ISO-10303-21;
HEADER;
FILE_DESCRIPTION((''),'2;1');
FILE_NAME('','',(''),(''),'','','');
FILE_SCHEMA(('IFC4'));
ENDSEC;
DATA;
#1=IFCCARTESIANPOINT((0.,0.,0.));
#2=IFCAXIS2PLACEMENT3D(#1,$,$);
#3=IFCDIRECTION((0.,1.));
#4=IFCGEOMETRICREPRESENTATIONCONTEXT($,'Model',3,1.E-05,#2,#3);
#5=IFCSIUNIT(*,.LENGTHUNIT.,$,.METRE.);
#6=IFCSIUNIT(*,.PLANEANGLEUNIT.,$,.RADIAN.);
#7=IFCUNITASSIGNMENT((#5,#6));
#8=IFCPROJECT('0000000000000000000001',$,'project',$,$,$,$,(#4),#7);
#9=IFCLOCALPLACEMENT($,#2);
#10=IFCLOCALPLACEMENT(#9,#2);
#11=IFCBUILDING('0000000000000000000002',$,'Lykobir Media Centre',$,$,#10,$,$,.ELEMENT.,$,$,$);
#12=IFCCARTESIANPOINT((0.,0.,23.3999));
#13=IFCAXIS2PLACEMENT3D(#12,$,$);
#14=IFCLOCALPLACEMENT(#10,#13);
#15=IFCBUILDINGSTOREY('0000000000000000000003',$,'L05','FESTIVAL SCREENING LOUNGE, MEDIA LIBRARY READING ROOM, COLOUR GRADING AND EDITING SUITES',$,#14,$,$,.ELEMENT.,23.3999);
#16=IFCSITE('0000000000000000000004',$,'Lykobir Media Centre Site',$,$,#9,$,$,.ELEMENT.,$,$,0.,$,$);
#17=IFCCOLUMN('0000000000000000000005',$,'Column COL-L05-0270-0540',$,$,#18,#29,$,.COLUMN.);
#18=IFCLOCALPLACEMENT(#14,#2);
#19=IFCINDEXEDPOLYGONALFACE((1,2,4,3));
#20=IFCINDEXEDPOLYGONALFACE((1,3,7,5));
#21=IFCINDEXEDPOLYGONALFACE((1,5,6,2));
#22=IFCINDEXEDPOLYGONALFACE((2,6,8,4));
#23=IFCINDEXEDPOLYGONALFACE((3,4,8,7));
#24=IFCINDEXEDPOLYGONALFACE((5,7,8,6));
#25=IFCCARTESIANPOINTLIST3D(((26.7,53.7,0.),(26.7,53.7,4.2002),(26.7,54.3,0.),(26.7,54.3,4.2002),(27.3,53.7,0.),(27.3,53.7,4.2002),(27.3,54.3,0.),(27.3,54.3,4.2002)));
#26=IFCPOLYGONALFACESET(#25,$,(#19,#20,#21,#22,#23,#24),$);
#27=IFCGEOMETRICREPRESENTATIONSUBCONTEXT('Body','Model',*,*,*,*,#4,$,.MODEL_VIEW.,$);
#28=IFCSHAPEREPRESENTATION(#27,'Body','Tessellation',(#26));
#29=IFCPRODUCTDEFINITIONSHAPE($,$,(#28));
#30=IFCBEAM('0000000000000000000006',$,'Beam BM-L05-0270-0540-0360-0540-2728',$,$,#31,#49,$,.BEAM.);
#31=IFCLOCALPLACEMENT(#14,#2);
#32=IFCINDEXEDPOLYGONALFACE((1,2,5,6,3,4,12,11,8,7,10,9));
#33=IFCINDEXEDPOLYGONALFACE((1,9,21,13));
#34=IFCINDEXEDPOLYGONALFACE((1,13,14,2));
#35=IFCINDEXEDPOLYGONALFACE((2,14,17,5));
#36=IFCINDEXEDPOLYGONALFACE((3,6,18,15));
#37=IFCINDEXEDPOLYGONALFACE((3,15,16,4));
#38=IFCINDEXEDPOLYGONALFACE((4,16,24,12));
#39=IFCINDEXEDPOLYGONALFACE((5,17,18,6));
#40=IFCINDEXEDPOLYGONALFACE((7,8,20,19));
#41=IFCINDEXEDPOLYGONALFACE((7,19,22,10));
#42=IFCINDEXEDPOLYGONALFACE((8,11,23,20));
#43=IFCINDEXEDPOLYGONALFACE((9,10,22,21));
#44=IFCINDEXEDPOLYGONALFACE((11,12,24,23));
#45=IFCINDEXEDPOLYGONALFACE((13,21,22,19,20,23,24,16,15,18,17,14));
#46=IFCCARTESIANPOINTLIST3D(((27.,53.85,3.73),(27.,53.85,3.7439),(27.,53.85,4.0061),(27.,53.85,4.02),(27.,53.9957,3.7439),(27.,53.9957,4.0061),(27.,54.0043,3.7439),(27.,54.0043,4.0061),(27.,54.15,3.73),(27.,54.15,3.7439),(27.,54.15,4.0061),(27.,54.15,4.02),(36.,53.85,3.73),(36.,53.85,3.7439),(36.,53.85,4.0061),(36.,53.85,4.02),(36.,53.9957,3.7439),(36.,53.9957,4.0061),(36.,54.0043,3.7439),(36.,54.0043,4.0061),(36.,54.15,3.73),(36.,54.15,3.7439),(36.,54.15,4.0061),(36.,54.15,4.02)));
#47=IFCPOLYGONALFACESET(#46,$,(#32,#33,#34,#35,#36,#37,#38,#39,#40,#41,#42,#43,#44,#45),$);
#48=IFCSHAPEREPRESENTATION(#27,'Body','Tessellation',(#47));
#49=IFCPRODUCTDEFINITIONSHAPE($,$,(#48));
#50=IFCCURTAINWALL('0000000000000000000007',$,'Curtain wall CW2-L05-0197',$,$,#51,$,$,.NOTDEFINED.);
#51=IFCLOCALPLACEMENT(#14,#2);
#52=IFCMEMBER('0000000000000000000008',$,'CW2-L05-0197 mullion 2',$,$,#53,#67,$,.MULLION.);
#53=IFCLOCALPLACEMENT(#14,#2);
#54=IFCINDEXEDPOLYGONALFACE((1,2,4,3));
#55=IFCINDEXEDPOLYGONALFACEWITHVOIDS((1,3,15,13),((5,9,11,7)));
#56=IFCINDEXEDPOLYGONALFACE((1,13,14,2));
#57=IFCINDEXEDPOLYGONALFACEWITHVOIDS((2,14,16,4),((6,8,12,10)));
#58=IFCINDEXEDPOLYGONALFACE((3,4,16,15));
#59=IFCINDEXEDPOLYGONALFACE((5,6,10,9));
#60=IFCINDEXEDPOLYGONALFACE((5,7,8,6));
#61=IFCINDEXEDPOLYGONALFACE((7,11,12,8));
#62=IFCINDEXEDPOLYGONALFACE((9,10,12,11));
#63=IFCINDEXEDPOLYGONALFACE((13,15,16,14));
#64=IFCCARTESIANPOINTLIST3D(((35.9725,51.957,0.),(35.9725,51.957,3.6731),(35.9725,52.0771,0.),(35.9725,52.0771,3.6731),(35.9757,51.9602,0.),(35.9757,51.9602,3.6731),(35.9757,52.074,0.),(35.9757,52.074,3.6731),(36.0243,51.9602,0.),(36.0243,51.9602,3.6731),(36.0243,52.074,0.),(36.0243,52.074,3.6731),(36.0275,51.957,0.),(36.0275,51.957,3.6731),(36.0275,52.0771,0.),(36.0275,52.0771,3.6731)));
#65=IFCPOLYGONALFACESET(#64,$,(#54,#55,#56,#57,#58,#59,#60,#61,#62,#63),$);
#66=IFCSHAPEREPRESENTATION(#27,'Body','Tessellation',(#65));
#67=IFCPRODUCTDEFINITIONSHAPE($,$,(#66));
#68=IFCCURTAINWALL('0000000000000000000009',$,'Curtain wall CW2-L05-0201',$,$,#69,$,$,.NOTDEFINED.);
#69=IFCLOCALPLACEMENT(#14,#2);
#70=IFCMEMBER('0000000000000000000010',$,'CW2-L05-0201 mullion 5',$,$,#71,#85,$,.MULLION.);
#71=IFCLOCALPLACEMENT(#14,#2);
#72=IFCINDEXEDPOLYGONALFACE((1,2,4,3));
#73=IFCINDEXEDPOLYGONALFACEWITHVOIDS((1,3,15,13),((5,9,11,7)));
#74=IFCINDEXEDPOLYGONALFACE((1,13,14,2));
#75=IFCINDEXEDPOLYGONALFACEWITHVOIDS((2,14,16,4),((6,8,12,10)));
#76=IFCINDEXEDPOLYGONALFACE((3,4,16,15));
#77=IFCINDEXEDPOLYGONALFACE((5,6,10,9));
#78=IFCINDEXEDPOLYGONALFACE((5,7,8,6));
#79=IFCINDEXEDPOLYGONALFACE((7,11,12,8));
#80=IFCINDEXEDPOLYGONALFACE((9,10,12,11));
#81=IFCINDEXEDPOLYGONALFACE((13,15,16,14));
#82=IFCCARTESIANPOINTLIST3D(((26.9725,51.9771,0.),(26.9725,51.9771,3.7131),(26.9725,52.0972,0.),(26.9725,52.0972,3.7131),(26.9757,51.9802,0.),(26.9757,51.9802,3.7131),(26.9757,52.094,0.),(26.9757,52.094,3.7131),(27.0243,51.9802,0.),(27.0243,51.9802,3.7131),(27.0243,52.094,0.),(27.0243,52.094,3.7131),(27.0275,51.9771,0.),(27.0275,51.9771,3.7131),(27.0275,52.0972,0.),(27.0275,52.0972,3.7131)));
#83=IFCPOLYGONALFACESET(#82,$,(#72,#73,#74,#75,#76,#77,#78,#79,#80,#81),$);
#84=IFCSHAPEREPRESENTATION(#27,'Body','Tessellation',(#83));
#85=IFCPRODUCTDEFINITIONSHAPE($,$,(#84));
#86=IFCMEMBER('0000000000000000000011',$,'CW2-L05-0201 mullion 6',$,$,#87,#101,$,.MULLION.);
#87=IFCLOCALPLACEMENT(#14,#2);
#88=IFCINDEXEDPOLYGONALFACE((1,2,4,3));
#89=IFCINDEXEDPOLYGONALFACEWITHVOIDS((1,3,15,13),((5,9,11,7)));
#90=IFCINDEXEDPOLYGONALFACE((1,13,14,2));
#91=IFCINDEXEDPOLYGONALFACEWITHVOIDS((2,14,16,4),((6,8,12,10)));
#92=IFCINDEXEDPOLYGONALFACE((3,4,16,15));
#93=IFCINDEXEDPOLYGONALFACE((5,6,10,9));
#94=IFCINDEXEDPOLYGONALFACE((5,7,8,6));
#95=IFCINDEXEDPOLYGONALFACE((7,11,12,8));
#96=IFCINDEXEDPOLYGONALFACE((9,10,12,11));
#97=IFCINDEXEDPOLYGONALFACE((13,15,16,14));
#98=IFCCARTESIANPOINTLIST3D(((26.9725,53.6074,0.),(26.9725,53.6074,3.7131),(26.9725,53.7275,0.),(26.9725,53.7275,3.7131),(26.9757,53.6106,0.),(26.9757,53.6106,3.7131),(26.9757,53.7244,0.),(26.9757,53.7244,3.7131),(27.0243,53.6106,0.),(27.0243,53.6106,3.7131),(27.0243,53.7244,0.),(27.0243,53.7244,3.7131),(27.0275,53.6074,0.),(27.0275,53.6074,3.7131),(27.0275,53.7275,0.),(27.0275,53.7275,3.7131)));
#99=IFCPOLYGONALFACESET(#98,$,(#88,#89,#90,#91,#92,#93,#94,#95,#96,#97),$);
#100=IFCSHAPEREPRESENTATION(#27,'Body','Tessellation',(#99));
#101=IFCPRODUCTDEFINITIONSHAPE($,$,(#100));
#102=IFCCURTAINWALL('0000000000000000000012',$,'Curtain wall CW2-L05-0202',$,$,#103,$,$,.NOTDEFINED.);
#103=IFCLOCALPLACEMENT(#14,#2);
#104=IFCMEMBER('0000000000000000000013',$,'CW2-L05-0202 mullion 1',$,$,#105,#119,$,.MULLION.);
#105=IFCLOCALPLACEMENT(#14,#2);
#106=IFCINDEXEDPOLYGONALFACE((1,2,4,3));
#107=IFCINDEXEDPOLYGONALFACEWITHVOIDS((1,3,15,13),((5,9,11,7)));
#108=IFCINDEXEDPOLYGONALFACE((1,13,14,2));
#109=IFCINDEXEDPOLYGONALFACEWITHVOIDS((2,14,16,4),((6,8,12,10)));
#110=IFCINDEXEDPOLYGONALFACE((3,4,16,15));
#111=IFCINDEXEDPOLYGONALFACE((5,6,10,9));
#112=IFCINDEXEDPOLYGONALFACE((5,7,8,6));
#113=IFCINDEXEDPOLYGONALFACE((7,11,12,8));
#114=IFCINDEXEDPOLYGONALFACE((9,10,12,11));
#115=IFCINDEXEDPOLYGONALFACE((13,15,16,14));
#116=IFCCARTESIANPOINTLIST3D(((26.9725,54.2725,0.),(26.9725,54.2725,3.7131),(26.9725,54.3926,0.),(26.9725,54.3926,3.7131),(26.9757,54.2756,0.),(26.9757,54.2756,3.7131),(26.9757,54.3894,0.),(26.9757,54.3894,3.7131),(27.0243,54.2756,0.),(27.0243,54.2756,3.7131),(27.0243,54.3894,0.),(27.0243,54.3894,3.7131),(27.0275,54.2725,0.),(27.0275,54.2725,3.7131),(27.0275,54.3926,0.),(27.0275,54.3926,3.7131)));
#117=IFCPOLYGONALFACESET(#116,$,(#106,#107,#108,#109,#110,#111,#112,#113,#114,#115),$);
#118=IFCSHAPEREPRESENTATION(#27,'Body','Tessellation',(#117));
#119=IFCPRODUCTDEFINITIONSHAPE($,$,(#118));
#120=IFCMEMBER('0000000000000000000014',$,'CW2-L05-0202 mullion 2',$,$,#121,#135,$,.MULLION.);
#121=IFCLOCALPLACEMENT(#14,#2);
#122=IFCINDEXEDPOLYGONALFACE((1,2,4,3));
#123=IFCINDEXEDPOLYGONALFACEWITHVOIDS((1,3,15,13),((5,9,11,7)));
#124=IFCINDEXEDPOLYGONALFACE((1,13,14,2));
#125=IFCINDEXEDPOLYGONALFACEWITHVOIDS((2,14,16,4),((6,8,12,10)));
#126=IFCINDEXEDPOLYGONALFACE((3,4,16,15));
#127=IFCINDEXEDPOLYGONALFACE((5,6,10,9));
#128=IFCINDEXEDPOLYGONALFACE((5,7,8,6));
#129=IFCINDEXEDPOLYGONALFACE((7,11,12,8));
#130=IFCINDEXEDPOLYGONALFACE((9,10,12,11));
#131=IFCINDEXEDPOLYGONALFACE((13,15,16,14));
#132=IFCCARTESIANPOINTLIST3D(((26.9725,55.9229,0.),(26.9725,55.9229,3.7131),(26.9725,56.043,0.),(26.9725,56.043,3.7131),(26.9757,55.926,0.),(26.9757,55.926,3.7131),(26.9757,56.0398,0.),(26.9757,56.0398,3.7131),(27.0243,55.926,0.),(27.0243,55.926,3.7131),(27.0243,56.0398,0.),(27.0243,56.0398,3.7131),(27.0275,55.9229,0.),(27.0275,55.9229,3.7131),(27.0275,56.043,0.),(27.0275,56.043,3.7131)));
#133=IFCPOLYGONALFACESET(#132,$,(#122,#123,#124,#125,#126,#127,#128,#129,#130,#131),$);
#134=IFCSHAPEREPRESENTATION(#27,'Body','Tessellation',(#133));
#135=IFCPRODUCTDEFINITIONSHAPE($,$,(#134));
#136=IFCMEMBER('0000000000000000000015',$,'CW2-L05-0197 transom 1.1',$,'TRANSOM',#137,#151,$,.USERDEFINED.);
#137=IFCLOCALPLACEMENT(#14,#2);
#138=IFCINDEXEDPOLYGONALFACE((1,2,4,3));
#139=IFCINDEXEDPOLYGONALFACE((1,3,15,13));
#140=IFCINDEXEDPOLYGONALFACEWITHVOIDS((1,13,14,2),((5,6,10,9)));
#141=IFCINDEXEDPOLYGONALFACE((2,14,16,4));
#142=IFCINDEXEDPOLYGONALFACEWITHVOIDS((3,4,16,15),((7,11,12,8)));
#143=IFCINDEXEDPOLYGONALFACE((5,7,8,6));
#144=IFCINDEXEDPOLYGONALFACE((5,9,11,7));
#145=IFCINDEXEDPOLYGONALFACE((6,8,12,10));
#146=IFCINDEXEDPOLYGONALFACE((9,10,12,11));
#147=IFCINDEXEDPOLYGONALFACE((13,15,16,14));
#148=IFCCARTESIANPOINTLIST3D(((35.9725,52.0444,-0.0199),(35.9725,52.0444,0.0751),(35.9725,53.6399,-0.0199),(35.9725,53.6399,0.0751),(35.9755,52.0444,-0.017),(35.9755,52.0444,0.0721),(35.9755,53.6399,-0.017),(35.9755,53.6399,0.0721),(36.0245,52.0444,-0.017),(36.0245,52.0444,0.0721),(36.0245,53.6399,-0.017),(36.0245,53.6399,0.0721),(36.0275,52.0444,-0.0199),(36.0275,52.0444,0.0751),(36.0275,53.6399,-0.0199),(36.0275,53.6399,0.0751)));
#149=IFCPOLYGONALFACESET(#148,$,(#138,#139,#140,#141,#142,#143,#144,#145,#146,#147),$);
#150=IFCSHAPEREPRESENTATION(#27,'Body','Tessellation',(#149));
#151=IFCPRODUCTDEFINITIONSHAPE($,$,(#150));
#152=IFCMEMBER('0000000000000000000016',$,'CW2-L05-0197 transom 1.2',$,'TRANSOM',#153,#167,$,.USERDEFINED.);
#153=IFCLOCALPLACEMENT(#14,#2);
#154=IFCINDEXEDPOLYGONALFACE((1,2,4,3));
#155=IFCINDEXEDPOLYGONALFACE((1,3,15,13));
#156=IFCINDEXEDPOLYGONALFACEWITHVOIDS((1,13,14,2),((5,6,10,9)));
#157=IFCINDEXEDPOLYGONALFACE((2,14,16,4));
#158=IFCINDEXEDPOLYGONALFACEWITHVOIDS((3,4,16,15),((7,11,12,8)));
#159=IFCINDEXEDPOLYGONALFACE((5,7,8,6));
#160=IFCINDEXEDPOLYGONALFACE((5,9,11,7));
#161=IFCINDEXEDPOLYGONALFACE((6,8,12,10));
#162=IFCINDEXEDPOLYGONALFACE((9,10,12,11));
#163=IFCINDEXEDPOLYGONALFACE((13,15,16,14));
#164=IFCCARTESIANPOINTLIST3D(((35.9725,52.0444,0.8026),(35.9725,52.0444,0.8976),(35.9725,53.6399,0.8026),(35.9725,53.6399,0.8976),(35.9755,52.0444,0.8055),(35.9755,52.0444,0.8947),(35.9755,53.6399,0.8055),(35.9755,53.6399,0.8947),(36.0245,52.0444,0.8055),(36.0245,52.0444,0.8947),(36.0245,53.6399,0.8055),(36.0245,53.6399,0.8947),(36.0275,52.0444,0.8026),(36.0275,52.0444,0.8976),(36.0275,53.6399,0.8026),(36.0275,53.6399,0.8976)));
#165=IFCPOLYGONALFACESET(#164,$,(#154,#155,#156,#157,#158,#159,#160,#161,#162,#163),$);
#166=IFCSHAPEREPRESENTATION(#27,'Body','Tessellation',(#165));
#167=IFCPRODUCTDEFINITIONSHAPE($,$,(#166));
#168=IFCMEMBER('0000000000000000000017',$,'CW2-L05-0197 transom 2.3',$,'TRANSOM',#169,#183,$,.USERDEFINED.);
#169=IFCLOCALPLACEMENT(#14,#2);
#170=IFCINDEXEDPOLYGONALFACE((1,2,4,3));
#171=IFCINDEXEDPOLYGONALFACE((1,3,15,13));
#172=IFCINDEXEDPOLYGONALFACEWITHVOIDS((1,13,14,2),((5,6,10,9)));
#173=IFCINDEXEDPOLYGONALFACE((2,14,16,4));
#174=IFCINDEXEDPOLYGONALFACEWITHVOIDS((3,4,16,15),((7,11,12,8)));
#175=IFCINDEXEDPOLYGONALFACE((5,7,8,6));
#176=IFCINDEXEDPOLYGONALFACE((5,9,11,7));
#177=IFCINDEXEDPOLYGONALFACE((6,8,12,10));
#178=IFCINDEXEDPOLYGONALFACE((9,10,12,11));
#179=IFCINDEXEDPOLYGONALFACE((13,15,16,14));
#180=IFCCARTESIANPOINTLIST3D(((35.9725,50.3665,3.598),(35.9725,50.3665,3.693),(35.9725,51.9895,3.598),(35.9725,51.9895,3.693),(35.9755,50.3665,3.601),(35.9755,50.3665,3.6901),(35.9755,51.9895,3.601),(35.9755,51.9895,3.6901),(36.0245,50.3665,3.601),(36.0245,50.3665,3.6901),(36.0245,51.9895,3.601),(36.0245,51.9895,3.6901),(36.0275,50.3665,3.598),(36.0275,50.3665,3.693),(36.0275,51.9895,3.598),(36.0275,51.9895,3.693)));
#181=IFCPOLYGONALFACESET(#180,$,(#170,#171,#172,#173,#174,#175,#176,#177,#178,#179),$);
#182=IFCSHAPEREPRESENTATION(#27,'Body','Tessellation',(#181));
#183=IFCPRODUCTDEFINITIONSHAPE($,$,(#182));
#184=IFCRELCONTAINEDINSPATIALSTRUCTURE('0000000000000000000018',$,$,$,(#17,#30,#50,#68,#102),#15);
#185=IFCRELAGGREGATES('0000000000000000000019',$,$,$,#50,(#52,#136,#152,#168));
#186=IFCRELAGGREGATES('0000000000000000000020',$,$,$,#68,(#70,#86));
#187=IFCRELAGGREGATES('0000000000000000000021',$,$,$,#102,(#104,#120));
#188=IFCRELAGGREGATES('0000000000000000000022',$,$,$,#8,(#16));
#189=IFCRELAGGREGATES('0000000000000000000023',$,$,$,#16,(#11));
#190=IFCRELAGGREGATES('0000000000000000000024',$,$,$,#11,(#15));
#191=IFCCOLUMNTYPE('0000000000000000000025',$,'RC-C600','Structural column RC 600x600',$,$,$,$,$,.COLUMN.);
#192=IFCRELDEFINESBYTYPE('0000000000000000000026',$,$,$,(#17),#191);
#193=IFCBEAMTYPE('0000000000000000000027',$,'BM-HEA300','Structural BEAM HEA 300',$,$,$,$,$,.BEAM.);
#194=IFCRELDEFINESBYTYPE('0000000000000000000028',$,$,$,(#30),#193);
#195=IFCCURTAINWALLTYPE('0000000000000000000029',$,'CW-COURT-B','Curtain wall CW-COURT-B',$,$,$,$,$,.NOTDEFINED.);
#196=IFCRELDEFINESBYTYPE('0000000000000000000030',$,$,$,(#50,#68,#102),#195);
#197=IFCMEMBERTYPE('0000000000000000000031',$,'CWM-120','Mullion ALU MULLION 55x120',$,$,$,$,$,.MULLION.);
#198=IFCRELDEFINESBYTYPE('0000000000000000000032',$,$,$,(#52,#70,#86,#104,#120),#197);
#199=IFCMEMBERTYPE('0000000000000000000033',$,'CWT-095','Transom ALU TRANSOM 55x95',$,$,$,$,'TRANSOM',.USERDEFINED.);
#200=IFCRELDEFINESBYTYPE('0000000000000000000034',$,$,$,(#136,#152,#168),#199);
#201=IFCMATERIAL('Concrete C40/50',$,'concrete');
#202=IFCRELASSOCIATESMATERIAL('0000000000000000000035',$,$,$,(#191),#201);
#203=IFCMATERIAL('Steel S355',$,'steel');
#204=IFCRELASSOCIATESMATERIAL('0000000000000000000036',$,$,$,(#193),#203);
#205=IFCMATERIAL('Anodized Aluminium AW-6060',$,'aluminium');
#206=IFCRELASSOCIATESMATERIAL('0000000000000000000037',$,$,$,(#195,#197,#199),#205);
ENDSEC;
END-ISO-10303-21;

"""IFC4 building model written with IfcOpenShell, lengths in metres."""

from ifc_helpers import new_model, si_unit, direction, frame, origin, origin_2d, place, context, subcontext, project, spatial, rectangle, hollow_rectangle, i_section, extrude, material, material_profile, profile_set, type_object, element, aggregate, save


model = new_model("IFC4")

# Units and contexts
model_context = context("Model", 3, precision=1e-05, world=origin(), true_north=direction((0.0, 1.0)))
body_context = subcontext(model_context, "Body", "Model", "MODEL_VIEW")
ifc_project = project(units=[si_unit("LENGTHUNIT", "METRE"), si_unit("PLANEANGLEUNIT", "RADIAN")], contexts=[model_context])

# Site, building, storey
site_placement = place(None, origin())
site = spatial("IfcSite", under=ifc_project, at=site_placement, Name="Lykobir Media Centre Site", CompositionType="ELEMENT", RefElevation=0.0)
building_placement = place(site_placement, origin())
building = spatial("IfcBuilding", under=site, at=building_placement, Name="Lykobir Media Centre", CompositionType="ELEMENT")
storey_placement = place(building_placement, frame((0.0, 0.0, 23.3999)))
storey = spatial("IfcBuildingStorey", under=building, at=storey_placement, Name="L05", Description="FESTIVAL SCREENING LOUNGE, MEDIA LIBRARY READING ROOM, COLOUR GRADING AND EDITING SUITES", CompositionType="ELEMENT", Elevation=23.3999)

# Column
ifc_material_1 = material(Name="Concrete C40/50", Category="concrete")
ifc_material_profile_1 = material_profile(ifc_material_1, rectangle(XDim=0.6001, YDim=0.6001, at=origin_2d()), Name="RC 600x600")
ifc_profile_set_1 = profile_set([ifc_material_profile_1], Name="Concrete C40/50")
column_type = type_object("IfcColumnType", Name="RC-C600", Description="Structural column RC 600x600", PredefinedType="COLUMN", material=ifc_profile_set_1)
column_placement = place(storey_placement, frame((27.0, 54.0, 0.0), z_axis=(0.0, 0.0, 1.0), x_axis=(1.0, 0.0, 0.0)))
element("IfcColumn", 1, at=column_placement, inside=storey, type_object=column_type, Name="Column COL-L05-0270-0540", PredefinedType="COLUMN", context=body_context, shape_type="SweptSolid", body=[
    extrude(rectangle(XDim=0.6001, YDim=0.6001, at=origin_2d()), origin(), (0.0, 0.0, 1.0), 4.2002),
])

# Beam
ifc_material_2 = material(Name="Steel S355", Category="steel")
ifc_material_profile_2 = material_profile(ifc_material_2, i_section(OverallWidth=0.3, OverallDepth=0.29, WebThickness=0.0085, FlangeThickness=0.0139, at=origin_2d()), Name="HEA 300")
ifc_profile_set_2 = profile_set([ifc_material_profile_2], Name="Steel S355")
beam_type_1 = type_object("IfcBeamType", Name="BM-HEA300", Description="Structural BEAM HEA 300", PredefinedType="BEAM", material=ifc_profile_set_2)
beam_1_placement = place(storey_placement, frame((27.0, 54.0, 3.875), z_axis=(1.0, 0.0, 0.0), x_axis=(0.0, 1.0, 0.0)))
element("IfcBeam", 2, at=beam_1_placement, inside=storey, type_object=beam_type_1, Name="Beam BM-L05-0270-0540-0360-0540-2728", PredefinedType="BEAM", context=body_context, shape_type="SweptSolid", body=[
    extrude(i_section(OverallWidth=0.3, OverallDepth=0.29, WebThickness=0.0085, FlangeThickness=0.0139, at=origin_2d()), origin(), (0.0, 0.0, 1.0), 9.0),
])

# Curtain wall, member
ifc_material_3 = material(Name="Anodized Aluminium AW-6060", Category="aluminium")
curtain_wall_type = type_object("IfcCurtainWallType", Name="CW-COURT-B", Description="Curtain wall CW-COURT-B", PredefinedType="NOTDEFINED", material=ifc_material_3)
curtain_wall_1_placement = place(storey_placement, origin())
curtain_wall_1 = element("IfcCurtainWall", 3, at=curtain_wall_1_placement, inside=storey, type_object=curtain_wall_type, Name="Curtain wall CW2-L05-0197", PredefinedType="NOTDEFINED")
ifc_material_profile_3 = material_profile(ifc_material_3, hollow_rectangle(XDim=0.0549, YDim=0.1201, WallThickness=0.0032, at=origin_2d()), Name="ALU MULLION 55x120")
ifc_profile_set_3 = profile_set([ifc_material_profile_3], Name="Anodized Aluminium AW-6060")
member_type_1 = type_object("IfcMemberType", Name="CWM-120", Description="Mullion ALU MULLION 55x120", PredefinedType="MULLION", material=ifc_profile_set_3)
member_1_placement = place(storey_placement, frame((36.0, 52.0171, 0.0), z_axis=(0.0, 0.0, 1.0), x_axis=(1.0, 0.0, 0.0)))
member_1 = element("IfcMember", 4, at=member_1_placement, type_object=member_type_1, Name="CW2-L05-0197 mullion 2", PredefinedType="MULLION", context=body_context, shape_type="SweptSolid", body=[
    extrude(hollow_rectangle(XDim=0.0549, YDim=0.1201, WallThickness=0.0032, at=origin_2d()), origin(), (0.0, 0.0, 1.0), 3.6731),
])

# Curtain walls, members
curtain_wall_2_placement = place(storey_placement, origin())
curtain_wall_2 = element("IfcCurtainWall", 5, at=curtain_wall_2_placement, inside=storey, type_object=curtain_wall_type, Name="Curtain wall CW2-L05-0201", PredefinedType="NOTDEFINED")
member_2_placement = place(storey_placement, frame((27.0, 52.0371, 0.0), z_axis=(0.0, 0.0, 1.0), x_axis=(-1.0, 0.0, 0.0)))
member_2 = element("IfcMember", 6, at=member_2_placement, type_object=member_type_1, Name="CW2-L05-0201 mullion 5", PredefinedType="MULLION", context=body_context, shape_type="SweptSolid", body=[
    extrude(hollow_rectangle(XDim=0.0549, YDim=0.1201, WallThickness=0.0032, at=origin_2d()), origin(), (0.0, 0.0, 1.0), 3.7131),
])
member_3_placement = place(storey_placement, frame((27.0, 53.6675, 0.0), z_axis=(0.0, 0.0, 1.0), x_axis=(-1.0, 0.0, 0.0)))
member_3 = element("IfcMember", 7, at=member_3_placement, type_object=member_type_1, Name="CW2-L05-0201 mullion 6", PredefinedType="MULLION", context=body_context, shape_type="SweptSolid", body=[
    extrude(hollow_rectangle(XDim=0.0549, YDim=0.1201, WallThickness=0.0032, at=origin_2d()), origin(), (0.0, 0.0, 1.0), 3.7131),
])
curtain_wall_3_placement = place(storey_placement, origin())
curtain_wall_3 = element("IfcCurtainWall", 8, at=curtain_wall_3_placement, inside=storey, type_object=curtain_wall_type, Name="Curtain wall CW2-L05-0202", PredefinedType="NOTDEFINED")
member_4_placement = place(storey_placement, frame((27.0, 54.3325, 0.0), z_axis=(0.0, 0.0, 1.0), x_axis=(-1.0, 0.0, 0.0)))
member_4 = element("IfcMember", 9, at=member_4_placement, type_object=member_type_1, Name="CW2-L05-0202 mullion 1", PredefinedType="MULLION", context=body_context, shape_type="SweptSolid", body=[
    extrude(hollow_rectangle(XDim=0.0549, YDim=0.1201, WallThickness=0.0032, at=origin_2d()), origin(), (0.0, 0.0, 1.0), 3.7131),
])
member_5_placement = place(storey_placement, frame((27.0, 55.9829, 0.0), z_axis=(0.0, 0.0, 1.0), x_axis=(-1.0, 0.0, 0.0)))
member_5 = element("IfcMember", 10, at=member_5_placement, type_object=member_type_1, Name="CW2-L05-0202 mullion 2", PredefinedType="MULLION", context=body_context, shape_type="SweptSolid", body=[
    extrude(hollow_rectangle(XDim=0.0549, YDim=0.1201, WallThickness=0.0032, at=origin_2d()), origin(), (0.0, 0.0, 1.0), 3.7131),
])

# Members
ifc_material_profile_4 = material_profile(ifc_material_3, hollow_rectangle(XDim=0.0549, YDim=0.095, WallThickness=0.0029, at=origin_2d()), Name="ALU TRANSOM 55x95")
ifc_profile_set_4 = profile_set([ifc_material_profile_4], Name="Anodized Aluminium AW-6060")
member_type_2 = type_object("IfcMemberType", Name="CWT-095", Description="Transom ALU TRANSOM 55x95", ElementType="TRANSOM", PredefinedType="USERDEFINED", material=ifc_profile_set_4)
member_6_placement = place(storey_placement, frame((36.0, 53.6399, 0.0276), z_axis=(0.0, -1.0, 0.0), x_axis=(1.0, 0.0, 0.0)))
member_6 = element("IfcMember", 11, at=member_6_placement, type_object=member_type_2, Name="CW2-L05-0197 transom 1.1", ObjectType="TRANSOM", PredefinedType="USERDEFINED", context=body_context, shape_type="SweptSolid", body=[
    extrude(hollow_rectangle(XDim=0.0549, YDim=0.095, WallThickness=0.0029, at=origin_2d()), origin(), (0.0, 0.0, 1.0), 1.5955),
])
member_7_placement = place(storey_placement, frame((36.0, 53.6399, 0.8501), z_axis=(0.0, -1.0, 0.0), x_axis=(1.0, 0.0, 0.0)))
member_7 = element("IfcMember", 12, at=member_7_placement, type_object=member_type_2, Name="CW2-L05-0197 transom 1.2", ObjectType="TRANSOM", PredefinedType="USERDEFINED", context=body_context, shape_type="SweptSolid", body=[
    extrude(hollow_rectangle(XDim=0.0549, YDim=0.095, WallThickness=0.0029, at=origin_2d()), origin(), (0.0, 0.0, 1.0), 1.5955),
])
member_8_placement = place(storey_placement, frame((36.0, 51.9895, 3.6455), z_axis=(0.0, -1.0, 0.0), x_axis=(1.0, 0.0, 0.0)))
member_8 = element("IfcMember", 13, at=member_8_placement, type_object=member_type_2, Name="CW2-L05-0197 transom 2.3", ObjectType="TRANSOM", PredefinedType="USERDEFINED", context=body_context, shape_type="SweptSolid", body=[
    extrude(hollow_rectangle(XDim=0.0549, YDim=0.095, WallThickness=0.0029, at=origin_2d()), origin(), (0.0, 0.0, 1.0), 1.623),
])

aggregate(curtain_wall_1, [member_1, member_6, member_7, member_8])
aggregate(curtain_wall_2, [member_2, member_3])
aggregate(curtain_wall_3, [member_4, member_5])

save(model, "model.ifc")
